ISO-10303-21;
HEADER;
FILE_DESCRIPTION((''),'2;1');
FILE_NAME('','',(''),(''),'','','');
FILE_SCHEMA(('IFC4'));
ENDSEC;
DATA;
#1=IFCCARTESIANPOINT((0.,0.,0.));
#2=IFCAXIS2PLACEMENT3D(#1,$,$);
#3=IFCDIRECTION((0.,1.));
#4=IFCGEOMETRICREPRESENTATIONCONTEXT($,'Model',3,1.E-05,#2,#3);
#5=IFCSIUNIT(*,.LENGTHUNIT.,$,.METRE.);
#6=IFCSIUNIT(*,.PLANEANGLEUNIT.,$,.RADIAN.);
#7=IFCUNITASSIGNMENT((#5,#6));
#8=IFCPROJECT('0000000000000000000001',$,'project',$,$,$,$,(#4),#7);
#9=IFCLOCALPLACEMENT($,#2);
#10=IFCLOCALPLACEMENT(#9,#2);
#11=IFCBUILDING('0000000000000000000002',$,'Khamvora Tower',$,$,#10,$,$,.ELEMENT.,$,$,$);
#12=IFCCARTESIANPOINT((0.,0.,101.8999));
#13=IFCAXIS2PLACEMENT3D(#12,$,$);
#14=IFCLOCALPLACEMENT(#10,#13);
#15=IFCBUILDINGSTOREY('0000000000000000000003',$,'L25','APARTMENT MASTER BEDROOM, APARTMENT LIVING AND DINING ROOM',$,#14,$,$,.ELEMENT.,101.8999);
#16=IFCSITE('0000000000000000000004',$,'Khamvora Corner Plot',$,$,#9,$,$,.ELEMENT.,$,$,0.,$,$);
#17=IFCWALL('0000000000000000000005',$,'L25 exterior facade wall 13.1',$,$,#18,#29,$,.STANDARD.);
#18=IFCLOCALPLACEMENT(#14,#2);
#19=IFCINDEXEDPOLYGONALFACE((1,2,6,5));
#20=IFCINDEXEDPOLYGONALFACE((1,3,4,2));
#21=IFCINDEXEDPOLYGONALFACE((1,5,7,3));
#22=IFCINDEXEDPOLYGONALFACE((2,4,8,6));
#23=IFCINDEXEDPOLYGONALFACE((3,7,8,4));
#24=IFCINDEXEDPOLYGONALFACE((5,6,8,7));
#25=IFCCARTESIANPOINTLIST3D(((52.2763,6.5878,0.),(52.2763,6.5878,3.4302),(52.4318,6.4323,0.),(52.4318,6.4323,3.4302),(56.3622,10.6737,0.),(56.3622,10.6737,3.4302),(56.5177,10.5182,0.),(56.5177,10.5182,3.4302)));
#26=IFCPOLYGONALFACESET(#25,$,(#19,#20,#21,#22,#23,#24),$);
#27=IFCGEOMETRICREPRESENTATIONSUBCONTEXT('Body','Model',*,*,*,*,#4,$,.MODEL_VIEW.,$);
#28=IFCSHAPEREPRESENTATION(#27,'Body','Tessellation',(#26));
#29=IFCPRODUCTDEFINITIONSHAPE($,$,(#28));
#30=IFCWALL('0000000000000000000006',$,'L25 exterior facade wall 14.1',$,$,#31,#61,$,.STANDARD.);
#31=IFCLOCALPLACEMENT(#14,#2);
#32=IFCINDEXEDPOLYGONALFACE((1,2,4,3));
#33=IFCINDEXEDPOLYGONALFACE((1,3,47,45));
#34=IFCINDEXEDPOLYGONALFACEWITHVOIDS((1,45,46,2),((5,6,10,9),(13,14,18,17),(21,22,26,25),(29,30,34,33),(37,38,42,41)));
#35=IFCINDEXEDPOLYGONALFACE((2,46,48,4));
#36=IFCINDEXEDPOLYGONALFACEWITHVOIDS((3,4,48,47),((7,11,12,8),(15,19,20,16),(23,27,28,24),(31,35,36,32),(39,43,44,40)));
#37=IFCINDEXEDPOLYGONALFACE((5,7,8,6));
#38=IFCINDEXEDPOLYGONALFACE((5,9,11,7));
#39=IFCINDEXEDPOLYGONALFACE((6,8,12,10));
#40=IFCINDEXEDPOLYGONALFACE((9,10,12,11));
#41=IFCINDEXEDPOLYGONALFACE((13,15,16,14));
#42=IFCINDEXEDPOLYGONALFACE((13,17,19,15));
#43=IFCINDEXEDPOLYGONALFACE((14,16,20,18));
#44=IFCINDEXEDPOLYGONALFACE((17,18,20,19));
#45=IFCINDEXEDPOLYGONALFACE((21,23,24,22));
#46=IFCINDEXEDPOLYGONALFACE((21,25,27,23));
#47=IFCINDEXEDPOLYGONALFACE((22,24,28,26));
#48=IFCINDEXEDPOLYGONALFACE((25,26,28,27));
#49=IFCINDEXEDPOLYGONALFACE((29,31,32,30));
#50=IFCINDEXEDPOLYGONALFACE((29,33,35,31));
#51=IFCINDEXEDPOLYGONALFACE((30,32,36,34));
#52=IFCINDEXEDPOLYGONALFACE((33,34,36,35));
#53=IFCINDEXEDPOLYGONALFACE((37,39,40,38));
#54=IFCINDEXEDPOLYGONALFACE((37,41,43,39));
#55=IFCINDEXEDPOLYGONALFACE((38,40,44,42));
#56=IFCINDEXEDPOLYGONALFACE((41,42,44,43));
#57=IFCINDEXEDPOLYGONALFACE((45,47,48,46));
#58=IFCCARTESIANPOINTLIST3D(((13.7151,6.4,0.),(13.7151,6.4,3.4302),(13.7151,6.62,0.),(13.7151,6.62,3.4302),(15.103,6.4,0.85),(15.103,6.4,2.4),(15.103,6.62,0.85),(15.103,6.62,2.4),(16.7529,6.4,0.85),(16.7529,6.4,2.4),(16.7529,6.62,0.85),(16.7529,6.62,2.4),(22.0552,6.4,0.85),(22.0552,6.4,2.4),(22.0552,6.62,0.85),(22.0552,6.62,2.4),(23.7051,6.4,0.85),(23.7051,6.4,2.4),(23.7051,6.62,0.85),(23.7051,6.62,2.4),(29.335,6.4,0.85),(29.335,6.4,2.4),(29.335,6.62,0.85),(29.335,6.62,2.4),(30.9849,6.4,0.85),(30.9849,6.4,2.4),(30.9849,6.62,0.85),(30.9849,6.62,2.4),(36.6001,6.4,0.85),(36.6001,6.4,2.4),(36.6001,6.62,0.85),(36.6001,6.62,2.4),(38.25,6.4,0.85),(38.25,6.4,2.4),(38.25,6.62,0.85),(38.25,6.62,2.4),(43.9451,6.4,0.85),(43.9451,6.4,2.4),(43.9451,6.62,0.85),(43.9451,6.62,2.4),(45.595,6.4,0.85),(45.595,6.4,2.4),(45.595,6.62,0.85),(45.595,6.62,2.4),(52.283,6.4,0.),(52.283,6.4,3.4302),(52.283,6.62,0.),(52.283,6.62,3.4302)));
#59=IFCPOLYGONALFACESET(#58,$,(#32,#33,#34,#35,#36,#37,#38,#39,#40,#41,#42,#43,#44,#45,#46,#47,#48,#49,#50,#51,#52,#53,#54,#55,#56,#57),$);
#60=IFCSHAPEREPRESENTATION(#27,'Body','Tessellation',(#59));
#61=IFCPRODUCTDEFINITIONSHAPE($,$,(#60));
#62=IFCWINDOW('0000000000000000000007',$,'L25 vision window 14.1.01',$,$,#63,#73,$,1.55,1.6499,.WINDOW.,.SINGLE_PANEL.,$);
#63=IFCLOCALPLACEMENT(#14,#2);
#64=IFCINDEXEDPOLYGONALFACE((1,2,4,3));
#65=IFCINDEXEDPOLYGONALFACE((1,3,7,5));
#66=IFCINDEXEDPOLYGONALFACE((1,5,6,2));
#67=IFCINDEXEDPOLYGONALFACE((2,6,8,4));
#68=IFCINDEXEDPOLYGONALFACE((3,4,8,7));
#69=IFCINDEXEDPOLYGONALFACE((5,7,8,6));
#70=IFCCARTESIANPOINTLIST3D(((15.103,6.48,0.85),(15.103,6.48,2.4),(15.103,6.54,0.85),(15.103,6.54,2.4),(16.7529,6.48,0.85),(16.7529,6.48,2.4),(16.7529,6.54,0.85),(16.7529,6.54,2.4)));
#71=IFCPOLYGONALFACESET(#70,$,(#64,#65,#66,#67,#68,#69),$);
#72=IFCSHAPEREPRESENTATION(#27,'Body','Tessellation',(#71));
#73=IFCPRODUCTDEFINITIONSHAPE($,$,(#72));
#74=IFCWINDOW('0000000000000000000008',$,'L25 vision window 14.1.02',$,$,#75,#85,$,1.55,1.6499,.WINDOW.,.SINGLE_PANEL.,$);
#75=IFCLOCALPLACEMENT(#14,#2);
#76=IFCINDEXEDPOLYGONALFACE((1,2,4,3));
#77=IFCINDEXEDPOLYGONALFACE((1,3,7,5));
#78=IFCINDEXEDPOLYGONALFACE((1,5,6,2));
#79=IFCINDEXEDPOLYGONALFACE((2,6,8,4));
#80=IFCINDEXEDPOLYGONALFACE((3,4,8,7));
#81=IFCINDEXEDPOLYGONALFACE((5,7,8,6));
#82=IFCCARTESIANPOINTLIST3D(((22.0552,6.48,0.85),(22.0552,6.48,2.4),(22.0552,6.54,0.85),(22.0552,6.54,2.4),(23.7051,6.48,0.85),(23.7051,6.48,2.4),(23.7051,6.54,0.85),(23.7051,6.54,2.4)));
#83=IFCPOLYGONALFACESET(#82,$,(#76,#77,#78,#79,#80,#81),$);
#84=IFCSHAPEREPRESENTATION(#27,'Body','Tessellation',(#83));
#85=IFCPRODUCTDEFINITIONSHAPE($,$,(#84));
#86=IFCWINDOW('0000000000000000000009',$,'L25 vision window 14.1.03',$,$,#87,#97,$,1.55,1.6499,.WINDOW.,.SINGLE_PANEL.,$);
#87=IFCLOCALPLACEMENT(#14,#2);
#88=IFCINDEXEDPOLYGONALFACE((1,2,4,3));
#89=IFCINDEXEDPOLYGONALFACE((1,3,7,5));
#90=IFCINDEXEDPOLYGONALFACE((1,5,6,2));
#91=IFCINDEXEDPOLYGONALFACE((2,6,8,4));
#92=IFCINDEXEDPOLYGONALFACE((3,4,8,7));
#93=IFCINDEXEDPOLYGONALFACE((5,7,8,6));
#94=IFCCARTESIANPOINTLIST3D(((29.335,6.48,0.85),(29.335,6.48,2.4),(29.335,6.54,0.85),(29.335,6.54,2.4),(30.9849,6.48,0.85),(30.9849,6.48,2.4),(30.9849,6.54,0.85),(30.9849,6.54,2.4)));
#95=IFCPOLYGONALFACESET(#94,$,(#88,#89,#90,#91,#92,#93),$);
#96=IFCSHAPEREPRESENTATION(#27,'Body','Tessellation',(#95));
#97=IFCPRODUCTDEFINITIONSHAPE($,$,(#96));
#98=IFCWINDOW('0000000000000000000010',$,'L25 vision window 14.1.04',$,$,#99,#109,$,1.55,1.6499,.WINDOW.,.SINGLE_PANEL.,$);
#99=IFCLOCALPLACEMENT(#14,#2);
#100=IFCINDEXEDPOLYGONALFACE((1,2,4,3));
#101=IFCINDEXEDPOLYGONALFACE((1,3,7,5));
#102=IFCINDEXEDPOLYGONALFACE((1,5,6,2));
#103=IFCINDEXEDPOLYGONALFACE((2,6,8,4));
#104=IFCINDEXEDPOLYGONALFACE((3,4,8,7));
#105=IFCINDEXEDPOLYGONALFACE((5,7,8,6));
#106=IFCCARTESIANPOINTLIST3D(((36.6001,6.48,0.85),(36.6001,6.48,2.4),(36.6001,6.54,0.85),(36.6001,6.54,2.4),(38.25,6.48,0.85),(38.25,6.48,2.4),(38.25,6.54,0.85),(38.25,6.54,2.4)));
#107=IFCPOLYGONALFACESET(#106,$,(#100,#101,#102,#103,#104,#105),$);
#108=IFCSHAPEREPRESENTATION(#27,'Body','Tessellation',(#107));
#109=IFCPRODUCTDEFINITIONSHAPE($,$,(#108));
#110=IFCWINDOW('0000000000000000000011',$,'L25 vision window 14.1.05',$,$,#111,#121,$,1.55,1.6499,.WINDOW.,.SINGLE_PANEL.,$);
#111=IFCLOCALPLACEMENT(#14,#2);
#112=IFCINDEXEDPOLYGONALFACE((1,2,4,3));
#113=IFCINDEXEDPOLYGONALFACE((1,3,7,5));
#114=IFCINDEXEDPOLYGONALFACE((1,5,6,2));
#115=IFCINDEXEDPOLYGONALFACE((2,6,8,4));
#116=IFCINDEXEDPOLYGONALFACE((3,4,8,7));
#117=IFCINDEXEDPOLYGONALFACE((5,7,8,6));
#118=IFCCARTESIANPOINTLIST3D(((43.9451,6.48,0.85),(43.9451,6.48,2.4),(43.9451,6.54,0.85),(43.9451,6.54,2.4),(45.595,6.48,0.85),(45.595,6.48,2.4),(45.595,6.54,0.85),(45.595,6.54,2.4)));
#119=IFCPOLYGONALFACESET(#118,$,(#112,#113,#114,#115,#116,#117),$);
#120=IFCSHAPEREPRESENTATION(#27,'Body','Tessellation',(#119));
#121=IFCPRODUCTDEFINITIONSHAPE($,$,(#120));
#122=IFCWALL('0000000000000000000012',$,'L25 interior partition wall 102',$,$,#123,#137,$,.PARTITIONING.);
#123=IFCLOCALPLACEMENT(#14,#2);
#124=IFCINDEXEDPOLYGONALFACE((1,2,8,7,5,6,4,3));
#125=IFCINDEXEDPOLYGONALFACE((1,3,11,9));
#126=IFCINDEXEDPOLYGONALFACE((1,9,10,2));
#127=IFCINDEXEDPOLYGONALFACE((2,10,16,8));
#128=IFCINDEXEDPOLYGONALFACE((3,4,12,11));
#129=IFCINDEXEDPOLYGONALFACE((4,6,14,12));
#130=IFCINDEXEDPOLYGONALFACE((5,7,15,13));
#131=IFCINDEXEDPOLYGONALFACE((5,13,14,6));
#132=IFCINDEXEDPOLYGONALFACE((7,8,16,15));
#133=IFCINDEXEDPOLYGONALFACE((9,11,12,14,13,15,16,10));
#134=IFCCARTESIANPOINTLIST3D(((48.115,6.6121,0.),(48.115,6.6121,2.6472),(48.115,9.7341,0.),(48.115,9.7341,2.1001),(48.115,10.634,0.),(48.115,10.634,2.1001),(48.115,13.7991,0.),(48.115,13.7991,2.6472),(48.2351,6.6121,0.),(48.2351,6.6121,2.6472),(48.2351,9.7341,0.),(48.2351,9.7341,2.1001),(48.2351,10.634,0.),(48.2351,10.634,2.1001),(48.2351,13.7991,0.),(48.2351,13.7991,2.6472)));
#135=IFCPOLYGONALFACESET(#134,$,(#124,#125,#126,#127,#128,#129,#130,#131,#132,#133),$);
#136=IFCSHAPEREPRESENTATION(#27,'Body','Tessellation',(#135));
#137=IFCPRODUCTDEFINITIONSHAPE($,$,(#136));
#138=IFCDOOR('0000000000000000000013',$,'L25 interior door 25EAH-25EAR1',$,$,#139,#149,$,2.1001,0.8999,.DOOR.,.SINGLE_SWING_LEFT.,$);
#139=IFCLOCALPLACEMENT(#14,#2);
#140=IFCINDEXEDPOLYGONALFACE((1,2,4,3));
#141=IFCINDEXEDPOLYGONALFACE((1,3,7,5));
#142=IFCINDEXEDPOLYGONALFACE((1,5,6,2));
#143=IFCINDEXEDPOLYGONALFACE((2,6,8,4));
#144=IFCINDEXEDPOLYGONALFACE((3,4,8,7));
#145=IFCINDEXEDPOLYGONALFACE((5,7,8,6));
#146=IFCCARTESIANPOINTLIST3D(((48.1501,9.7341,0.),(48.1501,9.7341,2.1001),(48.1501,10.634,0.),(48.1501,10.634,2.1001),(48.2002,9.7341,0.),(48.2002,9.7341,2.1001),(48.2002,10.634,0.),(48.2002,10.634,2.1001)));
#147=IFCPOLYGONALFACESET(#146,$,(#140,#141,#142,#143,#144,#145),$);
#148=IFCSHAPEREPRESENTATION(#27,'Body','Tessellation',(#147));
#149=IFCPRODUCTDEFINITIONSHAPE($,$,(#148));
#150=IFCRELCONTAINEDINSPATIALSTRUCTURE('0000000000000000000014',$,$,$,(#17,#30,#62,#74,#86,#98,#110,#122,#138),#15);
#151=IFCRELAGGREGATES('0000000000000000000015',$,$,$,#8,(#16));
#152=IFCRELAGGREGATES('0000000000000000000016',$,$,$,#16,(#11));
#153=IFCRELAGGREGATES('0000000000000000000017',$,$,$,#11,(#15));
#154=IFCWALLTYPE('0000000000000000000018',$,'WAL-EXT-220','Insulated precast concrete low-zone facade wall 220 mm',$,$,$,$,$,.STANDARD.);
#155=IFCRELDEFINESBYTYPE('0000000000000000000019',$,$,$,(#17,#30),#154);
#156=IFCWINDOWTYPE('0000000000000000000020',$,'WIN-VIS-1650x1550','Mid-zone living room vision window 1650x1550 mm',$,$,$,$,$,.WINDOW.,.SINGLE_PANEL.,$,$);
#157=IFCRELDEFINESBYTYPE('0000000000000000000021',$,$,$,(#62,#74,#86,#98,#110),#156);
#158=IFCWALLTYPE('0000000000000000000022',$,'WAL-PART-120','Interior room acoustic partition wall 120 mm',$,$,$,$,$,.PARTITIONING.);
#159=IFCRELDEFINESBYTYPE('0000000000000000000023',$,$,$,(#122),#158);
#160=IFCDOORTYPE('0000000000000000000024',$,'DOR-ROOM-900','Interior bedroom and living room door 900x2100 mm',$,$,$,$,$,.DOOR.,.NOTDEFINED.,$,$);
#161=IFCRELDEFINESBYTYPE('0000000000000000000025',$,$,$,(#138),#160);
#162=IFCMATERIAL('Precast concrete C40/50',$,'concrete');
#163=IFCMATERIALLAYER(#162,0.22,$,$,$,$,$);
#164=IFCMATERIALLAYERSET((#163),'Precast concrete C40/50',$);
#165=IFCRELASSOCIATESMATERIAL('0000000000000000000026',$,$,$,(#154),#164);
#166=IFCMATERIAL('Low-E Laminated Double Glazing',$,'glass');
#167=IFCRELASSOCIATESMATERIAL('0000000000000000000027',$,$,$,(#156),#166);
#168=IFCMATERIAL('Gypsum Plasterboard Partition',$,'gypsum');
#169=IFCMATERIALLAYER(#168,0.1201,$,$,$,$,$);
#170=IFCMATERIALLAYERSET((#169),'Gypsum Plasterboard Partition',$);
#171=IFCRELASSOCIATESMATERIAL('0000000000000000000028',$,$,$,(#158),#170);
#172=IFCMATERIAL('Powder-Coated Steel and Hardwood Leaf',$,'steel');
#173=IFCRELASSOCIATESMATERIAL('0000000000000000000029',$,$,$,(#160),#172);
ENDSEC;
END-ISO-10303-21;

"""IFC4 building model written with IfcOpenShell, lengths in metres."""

from ifc_helpers import new_model, si_unit, direction, frame, frame_2d, origin, place, context, subcontext, project, spatial, rectangle, extrude, material, layer, layer_set, type_object, element, fill, save


model = new_model("IFC4")

# Units and contexts
model_context = context("Model", 3, precision=1e-05, world=origin(), true_north=direction((0.0, 1.0)))
body_context = subcontext(model_context, "Body", "Model", "MODEL_VIEW")
ifc_project = project(units=[si_unit("LENGTHUNIT", "METRE"), si_unit("PLANEANGLEUNIT", "RADIAN")], contexts=[model_context])

# Site, building, storey
site_placement = place(None, origin())
site = spatial("IfcSite", under=ifc_project, at=site_placement, Name="Khamvora Corner Plot", CompositionType="ELEMENT", RefElevation=0.0)
building_placement = place(site_placement, origin())
building = spatial("IfcBuilding", under=site, at=building_placement, Name="Khamvora Tower", CompositionType="ELEMENT")
storey_placement = place(building_placement, frame((0.0, 0.0, 101.8999)))
storey = spatial("IfcBuildingStorey", under=building, at=storey_placement, Name="L25", Description="APARTMENT MASTER BEDROOM, APARTMENT LIVING AND DINING ROOM", CompositionType="ELEMENT", Elevation=101.8999)

# Wall
ifc_material_1 = material(Name="Precast concrete C40/50", Category="concrete")
ifc_layer_1 = layer(ifc_material_1, 0.22)
ifc_layer_set_1 = layer_set([ifc_layer_1], Name="Precast concrete C40/50")
wall_type_1 = type_object("IfcWallType", Name="WAL-EXT-220", Description="Insulated precast concrete low-zone facade wall 220 mm", PredefinedType="STANDARD", material=ifc_layer_set_1)
wall_1_placement = place(storey_placement, frame((56.4399, 10.5959, 0.0), z_axis=(0.0, 0.0, 1.0), x_axis=(-0.707107, -0.707107, 0.0)))
element("IfcWall", 1, at=wall_1_placement, inside=storey, type_object=wall_type_1, Name="L25 exterior facade wall 13.1", PredefinedType="STANDARD", context=body_context, shape_type="SweptSolid", body=[
    extrude(rectangle(XDim=5.7783, YDim=0.22, at=frame_2d((2.8892, 0.0))), origin(), (0.0, 0.0, 1.0), 3.4302),
])

# Wall, openings, windows
wall_2_placement = place(storey_placement, frame((52.283, 6.51, 0.0), z_axis=(0.0, 0.0, 1.0), x_axis=(-1.0, 0.0, 0.0)))
wall_2 = element("IfcWall", 2, at=wall_2_placement, inside=storey, type_object=wall_type_1, Name="L25 exterior facade wall 14.1", PredefinedType="STANDARD", context=body_context, shape_type="SweptSolid", body=[
    extrude(rectangle(XDim=38.5679, YDim=0.22, at=frame_2d((19.2839, 0.0))), origin(), (0.0, 0.0, 1.0), 3.4302),
])
opening_1_placement = place(wall_2_placement, frame((35.53, 0.0, 0.8501)))
opening_1 = element("IfcOpeningElement", 3, at=opening_1_placement, cuts=wall_2, PredefinedType="OPENING", context=body_context, shape_type="SweptSolid", body=[
    extrude(rectangle(XDim=1.6499, YDim=1.55, at=frame_2d((0.825, 0.7749))), frame((0.0, 0.1199, 0.0), z_axis=(0.0, -1.0, 0.0), x_axis=(1.0, 0.0, 0.0)), (0.0, 0.0, 1.0), 0.24),
])
opening_2_placement = place(wall_2_placement, frame((28.5779, 0.0, 0.8501)))
opening_2 = element("IfcOpeningElement", 4, at=opening_2_placement, cuts=wall_2, PredefinedType="OPENING", context=body_context, shape_type="SweptSolid", body=[
    extrude(rectangle(XDim=1.6499, YDim=1.55, at=frame_2d((0.825, 0.7749))), frame((0.0, 0.1199, 0.0), z_axis=(0.0, -1.0, 0.0), x_axis=(1.0, 0.0, 0.0)), (0.0, 0.0, 1.0), 0.24),
])
opening_3_placement = place(wall_2_placement, frame((21.2981, 0.0, 0.8501)))
opening_3 = element("IfcOpeningElement", 5, at=opening_3_placement, cuts=wall_2, PredefinedType="OPENING", context=body_context, shape_type="SweptSolid", body=[
    extrude(rectangle(XDim=1.6499, YDim=1.55, at=frame_2d((0.825, 0.7749))), frame((0.0, 0.1199, 0.0), z_axis=(0.0, -1.0, 0.0), x_axis=(1.0, 0.0, 0.0)), (0.0, 0.0, 1.0), 0.24),
])
opening_4_placement = place(wall_2_placement, frame((14.033, 0.0, 0.8501)))
opening_4 = element("IfcOpeningElement", 6, at=opening_4_placement, cuts=wall_2, PredefinedType="OPENING", context=body_context, shape_type="SweptSolid", body=[
    extrude(rectangle(XDim=1.6499, YDim=1.55, at=frame_2d((0.825, 0.7749))), frame((0.0, 0.1199, 0.0), z_axis=(0.0, -1.0, 0.0), x_axis=(1.0, 0.0, 0.0)), (0.0, 0.0, 1.0), 0.24),
])
opening_5_placement = place(wall_2_placement, frame((6.688, 0.0, 0.8501)))
opening_5 = element("IfcOpeningElement", 7, at=opening_5_placement, cuts=wall_2, PredefinedType="OPENING", context=body_context, shape_type="SweptSolid", body=[
    extrude(rectangle(XDim=1.6499, YDim=1.55, at=frame_2d((0.825, 0.7749))), frame((0.0, 0.1199, 0.0), z_axis=(0.0, -1.0, 0.0), x_axis=(1.0, 0.0, 0.0)), (0.0, 0.0, 1.0), 0.24),
])
ifc_material_2 = material(Name="Low-E Laminated Double Glazing", Category="glass")
window_type = type_object("IfcWindowType", Name="WIN-VIS-1650x1550", Description="Mid-zone living room vision window 1650x1550 mm", PartitioningType="SINGLE_PANEL", PredefinedType="WINDOW", material=ifc_material_2)
window_1_placement = place(opening_1_placement, origin())
window_1 = element("IfcWindow", 8, at=window_1_placement, inside=storey, type_object=window_type, Name="L25 vision window 14.1.01", OverallHeight=1.55, OverallWidth=1.6499, PartitioningType="SINGLE_PANEL", PredefinedType="WINDOW", context=body_context, shape_type="SweptSolid", body=[
    extrude(rectangle(XDim=1.6499, YDim=1.55, at=frame_2d((0.825, 0.7749))), frame((0.0, 0.03, 0.0), z_axis=(0.0, -1.0, 0.0), x_axis=(1.0, 0.0, 0.0)), (0.0, 0.0, 1.0), 0.0601),
])
fill(opening_1, window_1)
window_2_placement = place(opening_2_placement, origin())
window_2 = element("IfcWindow", 9, at=window_2_placement, inside=storey, type_object=window_type, Name="L25 vision window 14.1.02", OverallHeight=1.55, OverallWidth=1.6499, PartitioningType="SINGLE_PANEL", PredefinedType="WINDOW", context=body_context, shape_type="SweptSolid", body=[
    extrude(rectangle(XDim=1.6499, YDim=1.55, at=frame_2d((0.825, 0.7749))), frame((0.0, 0.03, 0.0), z_axis=(0.0, -1.0, 0.0), x_axis=(1.0, 0.0, 0.0)), (0.0, 0.0, 1.0), 0.0601),
])
fill(opening_2, window_2)
window_3_placement = place(opening_3_placement, origin())
window_3 = element("IfcWindow", 10, at=window_3_placement, inside=storey, type_object=window_type, Name="L25 vision window 14.1.03", OverallHeight=1.55, OverallWidth=1.6499, PartitioningType="SINGLE_PANEL", PredefinedType="WINDOW", context=body_context, shape_type="SweptSolid", body=[
    extrude(rectangle(XDim=1.6499, YDim=1.55, at=frame_2d((0.825, 0.7749))), frame((0.0, 0.03, 0.0), z_axis=(0.0, -1.0, 0.0), x_axis=(1.0, 0.0, 0.0)), (0.0, 0.0, 1.0), 0.0601),
])
fill(opening_3, window_3)
window_4_placement = place(opening_4_placement, origin())
window_4 = element("IfcWindow", 11, at=window_4_placement, inside=storey, type_object=window_type, Name="L25 vision window 14.1.04", OverallHeight=1.55, OverallWidth=1.6499, PartitioningType="SINGLE_PANEL", PredefinedType="WINDOW", context=body_context, shape_type="SweptSolid", body=[
    extrude(rectangle(XDim=1.6499, YDim=1.55, at=frame_2d((0.825, 0.7749))), frame((0.0, 0.03, 0.0), z_axis=(0.0, -1.0, 0.0), x_axis=(1.0, 0.0, 0.0)), (0.0, 0.0, 1.0), 0.0601),
])
fill(opening_4, window_4)
window_5_placement = place(opening_5_placement, origin())
window_5 = element("IfcWindow", 12, at=window_5_placement, inside=storey, type_object=window_type, Name="L25 vision window 14.1.05", OverallHeight=1.55, OverallWidth=1.6499, PartitioningType="SINGLE_PANEL", PredefinedType="WINDOW", context=body_context, shape_type="SweptSolid", body=[
    extrude(rectangle(XDim=1.6499, YDim=1.55, at=frame_2d((0.825, 0.7749))), frame((0.0, 0.03, 0.0), z_axis=(0.0, -1.0, 0.0), x_axis=(1.0, 0.0, 0.0)), (0.0, 0.0, 1.0), 0.0601),
])
fill(opening_5, window_5)

# Wall, opening, door
ifc_material_3 = material(Name="Gypsum Plasterboard Partition", Category="gypsum")
ifc_layer_2 = layer(ifc_material_3, 0.1201)
ifc_layer_set_2 = layer_set([ifc_layer_2], Name="Gypsum Plasterboard Partition")
wall_type_2 = type_object("IfcWallType", Name="WAL-PART-120", Description="Interior room acoustic partition wall 120 mm", PredefinedType="PARTITIONING", material=ifc_layer_set_2)
wall_3_placement = place(storey_placement, frame((48.175, 6.6121, 0.0), z_axis=(0.0, 0.0, 1.0), x_axis=(0.0, 1.0, 0.0)))
wall_3 = element("IfcWall", 13, at=wall_3_placement, inside=storey, type_object=wall_type_2, Name="L25 interior partition wall 102", PredefinedType="PARTITIONING", context=body_context, shape_type="SweptSolid", body=[
    extrude(rectangle(XDim=7.187, YDim=0.1201, at=frame_2d((3.5935, 0.0))), origin(), (0.0, 0.0, 1.0), 2.6472),
])
opening_6_placement = place(wall_3_placement, frame((3.1221, 0.0, 0.0)))
opening_6 = element("IfcOpeningElement", 14, at=opening_6_placement, cuts=wall_3, PredefinedType="OPENING", context=body_context, shape_type="SweptSolid", body=[
    extrude(rectangle(XDim=0.8999, YDim=2.1001, at=frame_2d((0.45, 1.05))), frame((0.0, 0.0701, 0.0), z_axis=(0.0, -1.0, 0.0), x_axis=(1.0, 0.0, 0.0)), (0.0, 0.0, 1.0), 0.1401),
])
ifc_material_4 = material(Name="Powder-Coated Steel and Hardwood Leaf", Category="steel")
door_type = type_object("IfcDoorType", Name="DOR-ROOM-900", Description="Interior bedroom and living room door 900x2100 mm", OperationType="NOTDEFINED", PredefinedType="DOOR", material=ifc_material_4)
door_1_placement = place(opening_6_placement, origin())
door_1 = element("IfcDoor", 15, at=door_1_placement, inside=storey, type_object=door_type, Name="L25 interior door 25EAH-25EAR1", OperationType="SINGLE_SWING_LEFT", OverallHeight=2.1001, OverallWidth=0.8999, PredefinedType="DOOR", context=body_context, shape_type="SweptSolid", body=[
    extrude(rectangle(XDim=0.8999, YDim=2.1001, at=frame_2d((0.45, 1.05))), frame((0.0, 0.0249, 0.0), z_axis=(0.0, -1.0, 0.0), x_axis=(1.0, 0.0, 0.0)), (0.0, 0.0, 1.0), 0.05),
])
fill(opening_6, door_1)

save(model, "model.ifc")
